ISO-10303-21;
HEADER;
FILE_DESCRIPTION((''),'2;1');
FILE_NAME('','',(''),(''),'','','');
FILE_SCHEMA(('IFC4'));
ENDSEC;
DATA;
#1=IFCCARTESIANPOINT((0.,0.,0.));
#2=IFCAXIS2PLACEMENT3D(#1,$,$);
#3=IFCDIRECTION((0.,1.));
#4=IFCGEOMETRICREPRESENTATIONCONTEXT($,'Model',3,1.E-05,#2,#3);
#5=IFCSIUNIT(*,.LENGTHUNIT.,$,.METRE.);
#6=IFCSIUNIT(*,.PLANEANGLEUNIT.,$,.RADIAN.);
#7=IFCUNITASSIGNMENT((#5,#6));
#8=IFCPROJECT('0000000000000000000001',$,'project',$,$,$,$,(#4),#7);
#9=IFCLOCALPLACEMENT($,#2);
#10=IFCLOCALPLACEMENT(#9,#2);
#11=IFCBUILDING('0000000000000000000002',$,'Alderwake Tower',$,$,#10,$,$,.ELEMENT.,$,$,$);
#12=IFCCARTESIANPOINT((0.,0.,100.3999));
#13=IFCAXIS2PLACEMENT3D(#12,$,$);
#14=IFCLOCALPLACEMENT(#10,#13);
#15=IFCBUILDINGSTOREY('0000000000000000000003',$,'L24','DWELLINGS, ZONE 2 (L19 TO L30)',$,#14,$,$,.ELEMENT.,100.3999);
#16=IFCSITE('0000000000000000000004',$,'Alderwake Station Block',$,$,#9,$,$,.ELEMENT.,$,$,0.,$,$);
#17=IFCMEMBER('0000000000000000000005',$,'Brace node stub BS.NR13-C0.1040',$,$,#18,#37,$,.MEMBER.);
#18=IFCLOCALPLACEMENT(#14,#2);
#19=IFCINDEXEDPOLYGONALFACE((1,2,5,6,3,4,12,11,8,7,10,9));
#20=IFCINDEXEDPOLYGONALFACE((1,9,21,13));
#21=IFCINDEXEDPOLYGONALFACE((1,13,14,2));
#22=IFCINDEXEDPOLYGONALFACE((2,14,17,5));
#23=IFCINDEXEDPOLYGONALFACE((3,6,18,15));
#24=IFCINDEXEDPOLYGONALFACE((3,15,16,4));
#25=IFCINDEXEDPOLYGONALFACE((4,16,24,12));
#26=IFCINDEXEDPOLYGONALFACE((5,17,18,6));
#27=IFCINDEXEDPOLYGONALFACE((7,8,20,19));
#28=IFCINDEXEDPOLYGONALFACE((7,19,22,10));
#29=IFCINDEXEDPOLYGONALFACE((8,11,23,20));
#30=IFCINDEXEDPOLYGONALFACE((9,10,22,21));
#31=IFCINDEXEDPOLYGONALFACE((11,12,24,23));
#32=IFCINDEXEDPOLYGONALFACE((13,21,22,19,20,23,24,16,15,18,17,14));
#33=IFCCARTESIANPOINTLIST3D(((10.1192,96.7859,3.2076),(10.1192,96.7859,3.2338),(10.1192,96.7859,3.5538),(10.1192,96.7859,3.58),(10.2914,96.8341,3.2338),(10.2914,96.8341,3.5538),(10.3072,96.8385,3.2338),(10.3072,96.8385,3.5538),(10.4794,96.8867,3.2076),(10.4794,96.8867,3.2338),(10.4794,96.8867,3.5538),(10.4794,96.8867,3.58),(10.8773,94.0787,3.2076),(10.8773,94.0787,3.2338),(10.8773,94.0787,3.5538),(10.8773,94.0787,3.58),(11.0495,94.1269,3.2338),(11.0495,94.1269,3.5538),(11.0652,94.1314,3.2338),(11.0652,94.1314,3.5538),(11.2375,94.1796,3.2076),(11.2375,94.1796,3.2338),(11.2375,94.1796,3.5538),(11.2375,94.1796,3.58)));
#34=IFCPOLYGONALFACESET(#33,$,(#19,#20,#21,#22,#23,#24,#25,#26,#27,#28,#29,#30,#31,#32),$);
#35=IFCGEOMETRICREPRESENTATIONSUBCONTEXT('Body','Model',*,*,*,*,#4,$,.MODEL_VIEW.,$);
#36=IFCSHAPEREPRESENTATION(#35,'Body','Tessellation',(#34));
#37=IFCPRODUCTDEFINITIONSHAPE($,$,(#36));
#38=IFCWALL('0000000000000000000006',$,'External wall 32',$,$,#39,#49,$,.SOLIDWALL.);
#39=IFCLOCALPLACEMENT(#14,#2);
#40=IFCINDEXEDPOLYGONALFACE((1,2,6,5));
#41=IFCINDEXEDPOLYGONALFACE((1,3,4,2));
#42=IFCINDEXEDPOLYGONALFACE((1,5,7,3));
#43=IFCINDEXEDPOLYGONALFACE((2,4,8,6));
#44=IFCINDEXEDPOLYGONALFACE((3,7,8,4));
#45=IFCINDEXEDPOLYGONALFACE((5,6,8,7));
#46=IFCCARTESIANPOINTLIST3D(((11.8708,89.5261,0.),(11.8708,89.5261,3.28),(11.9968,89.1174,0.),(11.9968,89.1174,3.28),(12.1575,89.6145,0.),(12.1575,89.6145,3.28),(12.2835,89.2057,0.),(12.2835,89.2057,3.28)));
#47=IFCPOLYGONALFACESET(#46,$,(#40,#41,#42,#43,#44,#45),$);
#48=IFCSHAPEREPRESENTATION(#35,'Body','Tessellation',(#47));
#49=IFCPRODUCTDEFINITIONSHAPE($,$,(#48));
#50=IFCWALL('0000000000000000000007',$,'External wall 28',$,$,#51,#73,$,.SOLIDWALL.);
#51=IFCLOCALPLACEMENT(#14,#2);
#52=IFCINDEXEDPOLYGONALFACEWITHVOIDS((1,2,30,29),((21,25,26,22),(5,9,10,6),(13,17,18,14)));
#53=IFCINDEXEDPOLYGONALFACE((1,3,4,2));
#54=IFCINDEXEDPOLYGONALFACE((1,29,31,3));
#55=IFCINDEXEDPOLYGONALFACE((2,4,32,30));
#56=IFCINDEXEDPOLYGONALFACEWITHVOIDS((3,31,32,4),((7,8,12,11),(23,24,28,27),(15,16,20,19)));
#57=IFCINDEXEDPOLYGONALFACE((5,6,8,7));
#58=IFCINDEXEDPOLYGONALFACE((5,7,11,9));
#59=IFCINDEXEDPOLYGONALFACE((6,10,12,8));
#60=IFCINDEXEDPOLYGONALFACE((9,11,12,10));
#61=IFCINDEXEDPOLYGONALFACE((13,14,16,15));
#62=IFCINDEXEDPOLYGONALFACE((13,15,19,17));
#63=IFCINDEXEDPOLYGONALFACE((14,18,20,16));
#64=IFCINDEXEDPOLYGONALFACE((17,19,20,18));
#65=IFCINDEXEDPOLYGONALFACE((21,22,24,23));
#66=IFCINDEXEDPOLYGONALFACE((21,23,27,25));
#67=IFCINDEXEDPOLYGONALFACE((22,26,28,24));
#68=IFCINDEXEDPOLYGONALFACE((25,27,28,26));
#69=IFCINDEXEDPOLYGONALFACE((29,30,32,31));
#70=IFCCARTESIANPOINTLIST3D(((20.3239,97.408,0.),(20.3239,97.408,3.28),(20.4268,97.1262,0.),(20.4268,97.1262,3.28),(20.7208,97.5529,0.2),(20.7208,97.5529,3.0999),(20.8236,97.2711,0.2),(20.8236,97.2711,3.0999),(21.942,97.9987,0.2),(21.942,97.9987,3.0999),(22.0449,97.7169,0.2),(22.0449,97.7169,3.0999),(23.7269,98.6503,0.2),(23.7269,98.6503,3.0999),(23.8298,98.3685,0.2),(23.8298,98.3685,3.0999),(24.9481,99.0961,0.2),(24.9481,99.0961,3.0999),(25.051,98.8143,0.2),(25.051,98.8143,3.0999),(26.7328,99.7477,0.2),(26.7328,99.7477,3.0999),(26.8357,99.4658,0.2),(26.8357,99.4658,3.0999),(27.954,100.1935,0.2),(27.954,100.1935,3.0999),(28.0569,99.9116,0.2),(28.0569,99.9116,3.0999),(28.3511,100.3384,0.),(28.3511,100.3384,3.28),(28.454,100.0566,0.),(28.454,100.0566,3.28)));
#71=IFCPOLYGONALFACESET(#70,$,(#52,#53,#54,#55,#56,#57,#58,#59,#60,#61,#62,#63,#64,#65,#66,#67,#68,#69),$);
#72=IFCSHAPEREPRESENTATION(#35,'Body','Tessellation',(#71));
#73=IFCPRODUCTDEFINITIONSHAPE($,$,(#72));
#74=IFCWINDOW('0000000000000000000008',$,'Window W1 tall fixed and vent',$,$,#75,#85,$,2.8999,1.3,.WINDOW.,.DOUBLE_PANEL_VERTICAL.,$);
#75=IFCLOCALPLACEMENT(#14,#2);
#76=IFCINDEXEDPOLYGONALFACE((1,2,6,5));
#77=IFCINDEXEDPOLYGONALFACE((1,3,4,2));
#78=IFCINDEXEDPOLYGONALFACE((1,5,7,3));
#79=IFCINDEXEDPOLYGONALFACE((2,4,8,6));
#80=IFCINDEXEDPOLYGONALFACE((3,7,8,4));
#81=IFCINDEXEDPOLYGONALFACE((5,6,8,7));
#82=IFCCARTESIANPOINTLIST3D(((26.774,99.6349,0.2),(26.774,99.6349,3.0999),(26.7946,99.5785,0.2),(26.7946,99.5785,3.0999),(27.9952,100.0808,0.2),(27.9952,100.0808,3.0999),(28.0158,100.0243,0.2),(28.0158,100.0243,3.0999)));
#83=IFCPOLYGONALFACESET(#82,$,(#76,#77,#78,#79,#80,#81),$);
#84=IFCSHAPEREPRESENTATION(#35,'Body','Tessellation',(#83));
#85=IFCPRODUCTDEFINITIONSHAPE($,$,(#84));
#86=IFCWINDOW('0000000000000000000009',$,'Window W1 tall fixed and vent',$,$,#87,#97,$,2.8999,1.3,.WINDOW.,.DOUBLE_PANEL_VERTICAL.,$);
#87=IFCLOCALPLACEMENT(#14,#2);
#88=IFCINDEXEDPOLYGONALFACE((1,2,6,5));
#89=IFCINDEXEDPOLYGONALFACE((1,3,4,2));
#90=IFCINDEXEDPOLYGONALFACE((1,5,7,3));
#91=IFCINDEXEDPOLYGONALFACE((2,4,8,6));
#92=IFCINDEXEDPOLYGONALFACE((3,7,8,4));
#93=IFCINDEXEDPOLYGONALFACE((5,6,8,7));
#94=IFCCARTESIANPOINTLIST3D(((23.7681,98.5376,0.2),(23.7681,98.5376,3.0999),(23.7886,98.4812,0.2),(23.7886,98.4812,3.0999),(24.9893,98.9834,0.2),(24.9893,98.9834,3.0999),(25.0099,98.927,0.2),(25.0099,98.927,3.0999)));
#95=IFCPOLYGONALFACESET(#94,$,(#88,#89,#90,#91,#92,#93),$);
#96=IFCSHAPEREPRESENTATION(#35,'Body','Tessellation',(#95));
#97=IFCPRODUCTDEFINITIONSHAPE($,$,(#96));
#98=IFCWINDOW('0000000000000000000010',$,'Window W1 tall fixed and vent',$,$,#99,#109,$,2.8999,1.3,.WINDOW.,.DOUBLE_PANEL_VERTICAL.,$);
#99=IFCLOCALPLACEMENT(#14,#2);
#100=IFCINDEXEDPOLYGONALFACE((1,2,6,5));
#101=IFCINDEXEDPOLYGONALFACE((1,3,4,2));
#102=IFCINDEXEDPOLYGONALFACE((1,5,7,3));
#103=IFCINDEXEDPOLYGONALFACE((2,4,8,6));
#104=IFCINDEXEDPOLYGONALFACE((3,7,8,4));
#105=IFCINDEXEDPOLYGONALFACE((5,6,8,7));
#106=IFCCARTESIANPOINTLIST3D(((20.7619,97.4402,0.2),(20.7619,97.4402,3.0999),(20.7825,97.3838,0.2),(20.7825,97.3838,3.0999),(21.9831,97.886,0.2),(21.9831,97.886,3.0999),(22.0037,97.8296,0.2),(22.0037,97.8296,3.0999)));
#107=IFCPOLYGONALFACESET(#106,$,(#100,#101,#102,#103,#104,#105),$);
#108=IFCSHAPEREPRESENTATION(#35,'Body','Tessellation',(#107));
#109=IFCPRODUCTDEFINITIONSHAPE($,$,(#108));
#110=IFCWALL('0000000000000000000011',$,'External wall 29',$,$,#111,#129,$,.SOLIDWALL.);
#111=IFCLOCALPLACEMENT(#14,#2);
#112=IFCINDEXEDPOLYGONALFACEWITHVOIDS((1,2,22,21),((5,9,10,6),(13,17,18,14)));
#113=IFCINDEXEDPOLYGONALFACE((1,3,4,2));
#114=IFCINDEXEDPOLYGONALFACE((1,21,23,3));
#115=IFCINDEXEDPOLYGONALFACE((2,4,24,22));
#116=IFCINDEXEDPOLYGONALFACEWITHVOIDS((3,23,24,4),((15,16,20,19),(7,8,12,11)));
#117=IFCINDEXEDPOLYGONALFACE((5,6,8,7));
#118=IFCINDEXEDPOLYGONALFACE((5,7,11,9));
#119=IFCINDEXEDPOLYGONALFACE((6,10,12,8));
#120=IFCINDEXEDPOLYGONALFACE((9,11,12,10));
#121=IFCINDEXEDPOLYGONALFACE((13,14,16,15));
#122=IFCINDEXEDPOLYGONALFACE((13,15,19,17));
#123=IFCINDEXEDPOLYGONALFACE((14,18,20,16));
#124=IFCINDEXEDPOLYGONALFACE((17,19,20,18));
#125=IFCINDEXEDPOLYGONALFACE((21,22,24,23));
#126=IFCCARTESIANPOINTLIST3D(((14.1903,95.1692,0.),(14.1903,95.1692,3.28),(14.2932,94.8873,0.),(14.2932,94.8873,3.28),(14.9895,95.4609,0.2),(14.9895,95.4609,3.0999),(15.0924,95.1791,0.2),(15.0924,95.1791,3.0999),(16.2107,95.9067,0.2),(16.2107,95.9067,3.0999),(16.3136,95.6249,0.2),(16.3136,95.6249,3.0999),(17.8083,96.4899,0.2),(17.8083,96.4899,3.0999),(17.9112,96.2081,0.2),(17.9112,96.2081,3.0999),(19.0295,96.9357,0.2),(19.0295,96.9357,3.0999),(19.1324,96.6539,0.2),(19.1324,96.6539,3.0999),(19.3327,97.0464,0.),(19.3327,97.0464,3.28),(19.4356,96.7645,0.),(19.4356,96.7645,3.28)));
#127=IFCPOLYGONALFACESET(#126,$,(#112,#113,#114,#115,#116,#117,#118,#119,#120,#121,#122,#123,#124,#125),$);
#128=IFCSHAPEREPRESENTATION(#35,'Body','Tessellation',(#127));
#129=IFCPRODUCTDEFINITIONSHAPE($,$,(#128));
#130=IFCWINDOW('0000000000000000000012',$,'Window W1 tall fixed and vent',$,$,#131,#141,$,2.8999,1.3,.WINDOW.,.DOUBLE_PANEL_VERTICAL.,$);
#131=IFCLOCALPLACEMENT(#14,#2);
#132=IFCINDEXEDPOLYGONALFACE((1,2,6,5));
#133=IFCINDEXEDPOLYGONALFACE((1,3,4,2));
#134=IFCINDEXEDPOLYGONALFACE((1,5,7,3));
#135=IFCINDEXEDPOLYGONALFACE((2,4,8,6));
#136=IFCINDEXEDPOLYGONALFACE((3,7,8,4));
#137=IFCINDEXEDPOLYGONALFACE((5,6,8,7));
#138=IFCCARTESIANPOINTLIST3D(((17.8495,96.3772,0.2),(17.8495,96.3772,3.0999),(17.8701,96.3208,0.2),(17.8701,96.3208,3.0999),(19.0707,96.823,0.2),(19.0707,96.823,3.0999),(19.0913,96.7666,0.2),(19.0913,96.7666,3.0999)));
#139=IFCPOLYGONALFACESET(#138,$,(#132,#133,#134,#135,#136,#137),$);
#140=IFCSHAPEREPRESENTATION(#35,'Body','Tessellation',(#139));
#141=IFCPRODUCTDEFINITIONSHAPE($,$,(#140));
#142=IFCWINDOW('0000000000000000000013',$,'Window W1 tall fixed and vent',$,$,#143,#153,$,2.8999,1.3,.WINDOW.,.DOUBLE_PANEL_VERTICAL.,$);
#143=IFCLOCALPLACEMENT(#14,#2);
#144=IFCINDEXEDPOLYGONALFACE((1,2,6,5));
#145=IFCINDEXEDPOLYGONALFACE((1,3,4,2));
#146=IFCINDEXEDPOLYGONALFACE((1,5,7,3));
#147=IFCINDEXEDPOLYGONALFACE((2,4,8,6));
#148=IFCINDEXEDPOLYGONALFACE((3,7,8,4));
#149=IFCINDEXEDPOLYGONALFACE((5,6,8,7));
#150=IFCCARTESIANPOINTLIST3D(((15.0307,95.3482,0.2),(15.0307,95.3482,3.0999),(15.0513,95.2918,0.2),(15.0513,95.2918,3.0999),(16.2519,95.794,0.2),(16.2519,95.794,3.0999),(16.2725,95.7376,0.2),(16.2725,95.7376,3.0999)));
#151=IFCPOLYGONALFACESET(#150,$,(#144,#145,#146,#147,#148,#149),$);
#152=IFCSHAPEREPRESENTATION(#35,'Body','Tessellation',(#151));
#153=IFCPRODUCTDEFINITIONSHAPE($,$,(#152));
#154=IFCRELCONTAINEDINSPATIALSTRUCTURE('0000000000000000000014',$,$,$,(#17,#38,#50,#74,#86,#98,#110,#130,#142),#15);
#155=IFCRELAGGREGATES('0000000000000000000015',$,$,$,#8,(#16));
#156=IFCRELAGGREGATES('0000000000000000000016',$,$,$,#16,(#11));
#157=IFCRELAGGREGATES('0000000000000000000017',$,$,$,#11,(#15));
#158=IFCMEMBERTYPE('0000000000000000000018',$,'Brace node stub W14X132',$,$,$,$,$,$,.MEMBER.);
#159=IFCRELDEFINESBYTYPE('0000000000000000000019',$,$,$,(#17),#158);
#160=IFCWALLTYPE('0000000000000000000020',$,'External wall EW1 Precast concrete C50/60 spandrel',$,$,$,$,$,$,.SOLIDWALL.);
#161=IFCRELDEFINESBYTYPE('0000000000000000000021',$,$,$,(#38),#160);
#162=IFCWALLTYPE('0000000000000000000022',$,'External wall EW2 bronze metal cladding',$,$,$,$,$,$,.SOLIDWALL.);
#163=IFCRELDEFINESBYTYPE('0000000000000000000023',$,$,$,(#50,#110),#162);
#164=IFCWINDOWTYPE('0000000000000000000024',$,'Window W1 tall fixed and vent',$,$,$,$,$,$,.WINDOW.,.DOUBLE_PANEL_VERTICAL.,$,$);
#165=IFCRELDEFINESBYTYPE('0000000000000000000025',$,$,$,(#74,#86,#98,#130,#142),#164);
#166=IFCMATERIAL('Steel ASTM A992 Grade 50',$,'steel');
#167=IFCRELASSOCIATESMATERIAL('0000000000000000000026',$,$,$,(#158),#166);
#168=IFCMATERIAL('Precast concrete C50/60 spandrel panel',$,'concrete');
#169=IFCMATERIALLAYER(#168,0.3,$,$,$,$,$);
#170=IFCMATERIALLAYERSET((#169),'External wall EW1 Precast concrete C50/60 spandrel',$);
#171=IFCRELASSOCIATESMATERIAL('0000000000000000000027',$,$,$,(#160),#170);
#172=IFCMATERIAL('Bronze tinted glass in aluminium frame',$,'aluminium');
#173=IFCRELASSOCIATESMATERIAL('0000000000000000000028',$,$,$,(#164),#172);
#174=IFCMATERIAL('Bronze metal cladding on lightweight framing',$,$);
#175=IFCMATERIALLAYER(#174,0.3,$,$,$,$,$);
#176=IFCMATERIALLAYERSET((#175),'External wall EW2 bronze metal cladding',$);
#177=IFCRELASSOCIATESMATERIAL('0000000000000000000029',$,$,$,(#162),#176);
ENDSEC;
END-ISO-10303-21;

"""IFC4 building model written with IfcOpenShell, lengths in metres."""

from ifc_helpers import new_model, si_unit, direction, frame, frame_2d, origin, origin_2d, place, context, subcontext, project, spatial, rectangle, i_section, extrude, material, layer, layer_set, material_profile, profile_set, type_object, element, fill, save


model = new_model("IFC4")

# Units and contexts
model_context = context("Model", 3, precision=1e-05, world=origin(), true_north=direction((0.0, 1.0)))
body_context = subcontext(model_context, "Body", "Model", "MODEL_VIEW")
ifc_project = project(units=[si_unit("LENGTHUNIT", "METRE"), si_unit("PLANEANGLEUNIT", "RADIAN")], contexts=[model_context])

# Site, building, storey
site_placement = place(None, origin())
site = spatial("IfcSite", under=ifc_project, at=site_placement, Name="Alderwake Station Block", CompositionType="ELEMENT", RefElevation=0.0)
building_placement = place(site_placement, origin())
building = spatial("IfcBuilding", under=site, at=building_placement, Name="Alderwake Tower", CompositionType="ELEMENT")
storey_placement = place(building_placement, frame((0.0, 0.0, 100.3999)))
storey = spatial("IfcBuildingStorey", under=building, at=storey_placement, Name="L24", Description="DWELLINGS, ZONE 2 (L19 TO L30)", CompositionType="ELEMENT", Elevation=100.3999)

# Member
ifc_material_1 = material(Name="Steel ASTM A992 Grade 50", Category="steel")
ifc_material_profile_1 = material_profile(ifc_material_1, i_section(OverallWidth=0.374, OverallDepth=0.3723, WebThickness=0.0164, FlangeThickness=0.0261, at=origin_2d()), Name="W14X132")
ifc_profile_set_1 = profile_set([ifc_material_profile_1], Name="Steel ASTM A992 Grade 50")
member_type = type_object("IfcMemberType", Name="Brace node stub W14X132", PredefinedType="MEMBER", material=ifc_profile_set_1)
member_1_placement = place(storey_placement, frame((11.0574, 94.1292, 3.3938), z_axis=(-0.269659, 0.962956, 0.0), x_axis=(-0.962956, -0.269659, 0.0)))
element("IfcMember", 1, at=member_1_placement, inside=storey, type_object=member_type, Name="Brace node stub BS.NR13-C0.1040", PredefinedType="MEMBER", context=body_context, shape_type="SweptSolid", body=[
    extrude(i_section(OverallWidth=0.374, OverallDepth=0.3723, WebThickness=0.0164, FlangeThickness=0.0261, at=origin_2d()), origin(), (0.0, 0.0, 1.0), 2.8113),
])

# Wall
ifc_material_2 = material(Name="Precast concrete C50/60 spandrel panel", Category="concrete")
ifc_layer_1 = layer(ifc_material_2, 0.3)
ifc_layer_set_1 = layer_set([ifc_layer_1], Name="External wall EW1 Precast concrete C50/60 spandrel")
wall_type_1 = type_object("IfcWallType", Name="External wall EW1 Precast concrete C50/60 spandrel", PredefinedType="SOLIDWALL", material=ifc_layer_set_1)
wall_1_placement = place(storey_placement, frame((12.0142, 89.5703, 0.0), z_axis=(0.0, 0.0, 1.0), x_axis=(0.294567, -0.955631, 0.0)))
element("IfcWall", 2, at=wall_1_placement, inside=storey, type_object=wall_type_1, Name="External wall 32", PredefinedType="SOLIDWALL", context=body_context, shape_type="SweptSolid", body=[
    extrude(rectangle(XDim=0.4277, YDim=0.3, at=frame_2d((0.2139, 0.0))), origin(), (0.0, 0.0, 1.0), 3.28),
])

# Shared definitions
ifc_material_3 = material(Name="Bronze tinted glass in aluminium frame", Category="aluminium")
window_type = type_object("IfcWindowType", Name="Window W1 tall fixed and vent", PartitioningType="DOUBLE_PANEL_VERTICAL", PredefinedType="WINDOW", material=ifc_material_3)

# Walls, openings, windows
ifc_material_4 = material(Name="Bronze metal cladding on lightweight framing")
ifc_layer_2 = layer(ifc_material_4, 0.3)
ifc_layer_set_2 = layer_set([ifc_layer_2], Name="External wall EW2 bronze metal cladding")
wall_type_2 = type_object("IfcWallType", Name="External wall EW2 bronze metal cladding", PredefinedType="SOLIDWALL", material=ifc_layer_set_2)
wall_2_placement = place(storey_placement, frame((28.4026, 100.1975, 0.0), z_axis=(0.0, 0.0, 1.0), x_axis=(-0.939365, -0.34292, 0.0)))
wall_2 = element("IfcWall", 3, at=wall_2_placement, inside=storey, type_object=wall_type_2, Name="External wall 28", PredefinedType="SOLIDWALL", context=body_context, shape_type="SweptSolid", body=[
    extrude(rectangle(XDim=8.5454, YDim=0.3, at=frame_2d((4.2727, 0.0))), origin(), (0.0, 0.0, 1.0), 3.28),
])
opening_1_placement = place(wall_2_placement, frame((0.4229, 0.0, 0.2)))
opening_1 = element("IfcOpeningElement", 4, at=opening_1_placement, cuts=wall_2, PredefinedType="OPENING", context=body_context, shape_type="SweptSolid", body=[
    extrude(rectangle(XDim=1.3, YDim=2.8999, at=frame_2d((0.6499, 1.45))), frame((0.0, 0.1599, 0.0), z_axis=(0.0, -1.0, 0.0), x_axis=(1.0, 0.0, 0.0)), (0.0, 0.0, 1.0), 0.3201),
])
opening_2_placement = place(wall_2_placement, frame((3.6228, 0.0, 0.2)))
opening_2 = element("IfcOpeningElement", 5, at=opening_2_placement, cuts=wall_2, PredefinedType="OPENING", context=body_context, shape_type="SweptSolid", body=[
    extrude(rectangle(XDim=1.3, YDim=2.8999, at=frame_2d((0.6499, 1.45))), frame((0.0, 0.1599, 0.0), z_axis=(0.0, -1.0, 0.0), x_axis=(1.0, 0.0, 0.0)), (0.0, 0.0, 1.0), 0.3201),
])
opening_3_placement = place(wall_2_placement, frame((6.823, 0.0, 0.2)))
opening_3 = element("IfcOpeningElement", 6, at=opening_3_placement, cuts=wall_2, PredefinedType="OPENING", context=body_context, shape_type="SweptSolid", body=[
    extrude(rectangle(XDim=1.3, YDim=2.8999, at=frame_2d((0.6499, 1.45))), frame((0.0, 0.1599, 0.0), z_axis=(0.0, -1.0, 0.0), x_axis=(1.0, 0.0, 0.0)), (0.0, 0.0, 1.0), 0.3201),
])
window_1_placement = place(opening_1_placement, origin())
window_1 = element("IfcWindow", 7, at=window_1_placement, inside=storey, type_object=window_type, Name="Window W1 tall fixed and vent", OverallHeight=2.8999, OverallWidth=1.3, PartitioningType="DOUBLE_PANEL_VERTICAL", PredefinedType="WINDOW", context=body_context, shape_type="SweptSolid", body=[
    extrude(rectangle(XDim=1.3, YDim=2.8999, at=frame_2d((0.6499, 1.45))), frame((0.0, 0.03, 0.0), z_axis=(0.0, -1.0, 0.0), x_axis=(1.0, 0.0, 0.0)), (0.0, 0.0, 1.0), 0.0601),
])
fill(opening_1, window_1)
window_2_placement = place(opening_2_placement, origin())
window_2 = element("IfcWindow", 8, at=window_2_placement, inside=storey, type_object=window_type, Name="Window W1 tall fixed and vent", OverallHeight=2.8999, OverallWidth=1.3, PartitioningType="DOUBLE_PANEL_VERTICAL", PredefinedType="WINDOW", context=body_context, shape_type="SweptSolid", body=[
    extrude(rectangle(XDim=1.3, YDim=2.8999, at=frame_2d((0.6499, 1.45))), frame((0.0, 0.03, 0.0), z_axis=(0.0, -1.0, 0.0), x_axis=(1.0, 0.0, 0.0)), (0.0, 0.0, 1.0), 0.0601),
])
fill(opening_2, window_2)
window_3_placement = place(opening_3_placement, origin())
window_3 = element("IfcWindow", 9, at=window_3_placement, inside=storey, type_object=window_type, Name="Window W1 tall fixed and vent", OverallHeight=2.8999, OverallWidth=1.3, PartitioningType="DOUBLE_PANEL_VERTICAL", PredefinedType="WINDOW", context=body_context, shape_type="SweptSolid", body=[
    extrude(rectangle(XDim=1.3, YDim=2.8999, at=frame_2d((0.6499, 1.45))), frame((0.0, 0.03, 0.0), z_axis=(0.0, -1.0, 0.0), x_axis=(1.0, 0.0, 0.0)), (0.0, 0.0, 1.0), 0.0601),
])
fill(opening_3, window_3)
wall_3_placement = place(storey_placement, frame((19.3843, 96.9055, 0.0), z_axis=(0.0, 0.0, 1.0), x_axis=(-0.939367, -0.342914, 0.0)))
wall_3 = element("IfcWall", 10, at=wall_3_placement, inside=storey, type_object=wall_type_2, Name="External wall 29", PredefinedType="SOLIDWALL", context=body_context, shape_type="SweptSolid", body=[
    extrude(rectangle(XDim=5.4744, YDim=0.3, at=frame_2d((2.7373, 0.0))), origin(), (0.0, 0.0, 1.0), 3.28),
])
opening_4_placement = place(wall_3_placement, frame((0.323, 0.0, 0.2)))
opening_4 = element("IfcOpeningElement", 11, at=opening_4_placement, cuts=wall_3, PredefinedType="OPENING", context=body_context, shape_type="SweptSolid", body=[
    extrude(rectangle(XDim=1.3, YDim=2.8999, at=frame_2d((0.6499, 1.45))), frame((0.0, 0.1599, 0.0), z_axis=(0.0, -1.0, 0.0), x_axis=(1.0, 0.0, 0.0)), (0.0, 0.0, 1.0), 0.3201),
])
opening_5_placement = place(wall_3_placement, frame((3.3237, 0.0, 0.2)))
opening_5 = element("IfcOpeningElement", 12, at=opening_5_placement, cuts=wall_3, PredefinedType="OPENING", context=body_context, shape_type="SweptSolid", body=[
    extrude(rectangle(XDim=1.3, YDim=2.8999, at=frame_2d((0.6499, 1.45))), frame((0.0, 0.1599, 0.0), z_axis=(0.0, -1.0, 0.0), x_axis=(1.0, 0.0, 0.0)), (0.0, 0.0, 1.0), 0.3201),
])
window_4_placement = place(opening_4_placement, origin())
window_4 = element("IfcWindow", 13, at=window_4_placement, inside=storey, type_object=window_type, Name="Window W1 tall fixed and vent", OverallHeight=2.8999, OverallWidth=1.3, PartitioningType="DOUBLE_PANEL_VERTICAL", PredefinedType="WINDOW", context=body_context, shape_type="SweptSolid", body=[
    extrude(rectangle(XDim=1.3, YDim=2.8999, at=frame_2d((0.6499, 1.45))), frame((0.0, 0.03, 0.0), z_axis=(0.0, -1.0, 0.0), x_axis=(1.0, 0.0, 0.0)), (0.0, 0.0, 1.0), 0.0601),
])
fill(opening_4, window_4)
window_5_placement = place(opening_5_placement, origin())
window_5 = element("IfcWindow", 14, at=window_5_placement, inside=storey, type_object=window_type, Name="Window W1 tall fixed and vent", OverallHeight=2.8999, OverallWidth=1.3, PartitioningType="DOUBLE_PANEL_VERTICAL", PredefinedType="WINDOW", context=body_context, shape_type="SweptSolid", body=[
    extrude(rectangle(XDim=1.3, YDim=2.8999, at=frame_2d((0.6499, 1.45))), frame((0.0, 0.03, 0.0), z_axis=(0.0, -1.0, 0.0), x_axis=(1.0, 0.0, 0.0)), (0.0, 0.0, 1.0), 0.0601),
])
fill(opening_5, window_5)

save(model, "model.ifc")
